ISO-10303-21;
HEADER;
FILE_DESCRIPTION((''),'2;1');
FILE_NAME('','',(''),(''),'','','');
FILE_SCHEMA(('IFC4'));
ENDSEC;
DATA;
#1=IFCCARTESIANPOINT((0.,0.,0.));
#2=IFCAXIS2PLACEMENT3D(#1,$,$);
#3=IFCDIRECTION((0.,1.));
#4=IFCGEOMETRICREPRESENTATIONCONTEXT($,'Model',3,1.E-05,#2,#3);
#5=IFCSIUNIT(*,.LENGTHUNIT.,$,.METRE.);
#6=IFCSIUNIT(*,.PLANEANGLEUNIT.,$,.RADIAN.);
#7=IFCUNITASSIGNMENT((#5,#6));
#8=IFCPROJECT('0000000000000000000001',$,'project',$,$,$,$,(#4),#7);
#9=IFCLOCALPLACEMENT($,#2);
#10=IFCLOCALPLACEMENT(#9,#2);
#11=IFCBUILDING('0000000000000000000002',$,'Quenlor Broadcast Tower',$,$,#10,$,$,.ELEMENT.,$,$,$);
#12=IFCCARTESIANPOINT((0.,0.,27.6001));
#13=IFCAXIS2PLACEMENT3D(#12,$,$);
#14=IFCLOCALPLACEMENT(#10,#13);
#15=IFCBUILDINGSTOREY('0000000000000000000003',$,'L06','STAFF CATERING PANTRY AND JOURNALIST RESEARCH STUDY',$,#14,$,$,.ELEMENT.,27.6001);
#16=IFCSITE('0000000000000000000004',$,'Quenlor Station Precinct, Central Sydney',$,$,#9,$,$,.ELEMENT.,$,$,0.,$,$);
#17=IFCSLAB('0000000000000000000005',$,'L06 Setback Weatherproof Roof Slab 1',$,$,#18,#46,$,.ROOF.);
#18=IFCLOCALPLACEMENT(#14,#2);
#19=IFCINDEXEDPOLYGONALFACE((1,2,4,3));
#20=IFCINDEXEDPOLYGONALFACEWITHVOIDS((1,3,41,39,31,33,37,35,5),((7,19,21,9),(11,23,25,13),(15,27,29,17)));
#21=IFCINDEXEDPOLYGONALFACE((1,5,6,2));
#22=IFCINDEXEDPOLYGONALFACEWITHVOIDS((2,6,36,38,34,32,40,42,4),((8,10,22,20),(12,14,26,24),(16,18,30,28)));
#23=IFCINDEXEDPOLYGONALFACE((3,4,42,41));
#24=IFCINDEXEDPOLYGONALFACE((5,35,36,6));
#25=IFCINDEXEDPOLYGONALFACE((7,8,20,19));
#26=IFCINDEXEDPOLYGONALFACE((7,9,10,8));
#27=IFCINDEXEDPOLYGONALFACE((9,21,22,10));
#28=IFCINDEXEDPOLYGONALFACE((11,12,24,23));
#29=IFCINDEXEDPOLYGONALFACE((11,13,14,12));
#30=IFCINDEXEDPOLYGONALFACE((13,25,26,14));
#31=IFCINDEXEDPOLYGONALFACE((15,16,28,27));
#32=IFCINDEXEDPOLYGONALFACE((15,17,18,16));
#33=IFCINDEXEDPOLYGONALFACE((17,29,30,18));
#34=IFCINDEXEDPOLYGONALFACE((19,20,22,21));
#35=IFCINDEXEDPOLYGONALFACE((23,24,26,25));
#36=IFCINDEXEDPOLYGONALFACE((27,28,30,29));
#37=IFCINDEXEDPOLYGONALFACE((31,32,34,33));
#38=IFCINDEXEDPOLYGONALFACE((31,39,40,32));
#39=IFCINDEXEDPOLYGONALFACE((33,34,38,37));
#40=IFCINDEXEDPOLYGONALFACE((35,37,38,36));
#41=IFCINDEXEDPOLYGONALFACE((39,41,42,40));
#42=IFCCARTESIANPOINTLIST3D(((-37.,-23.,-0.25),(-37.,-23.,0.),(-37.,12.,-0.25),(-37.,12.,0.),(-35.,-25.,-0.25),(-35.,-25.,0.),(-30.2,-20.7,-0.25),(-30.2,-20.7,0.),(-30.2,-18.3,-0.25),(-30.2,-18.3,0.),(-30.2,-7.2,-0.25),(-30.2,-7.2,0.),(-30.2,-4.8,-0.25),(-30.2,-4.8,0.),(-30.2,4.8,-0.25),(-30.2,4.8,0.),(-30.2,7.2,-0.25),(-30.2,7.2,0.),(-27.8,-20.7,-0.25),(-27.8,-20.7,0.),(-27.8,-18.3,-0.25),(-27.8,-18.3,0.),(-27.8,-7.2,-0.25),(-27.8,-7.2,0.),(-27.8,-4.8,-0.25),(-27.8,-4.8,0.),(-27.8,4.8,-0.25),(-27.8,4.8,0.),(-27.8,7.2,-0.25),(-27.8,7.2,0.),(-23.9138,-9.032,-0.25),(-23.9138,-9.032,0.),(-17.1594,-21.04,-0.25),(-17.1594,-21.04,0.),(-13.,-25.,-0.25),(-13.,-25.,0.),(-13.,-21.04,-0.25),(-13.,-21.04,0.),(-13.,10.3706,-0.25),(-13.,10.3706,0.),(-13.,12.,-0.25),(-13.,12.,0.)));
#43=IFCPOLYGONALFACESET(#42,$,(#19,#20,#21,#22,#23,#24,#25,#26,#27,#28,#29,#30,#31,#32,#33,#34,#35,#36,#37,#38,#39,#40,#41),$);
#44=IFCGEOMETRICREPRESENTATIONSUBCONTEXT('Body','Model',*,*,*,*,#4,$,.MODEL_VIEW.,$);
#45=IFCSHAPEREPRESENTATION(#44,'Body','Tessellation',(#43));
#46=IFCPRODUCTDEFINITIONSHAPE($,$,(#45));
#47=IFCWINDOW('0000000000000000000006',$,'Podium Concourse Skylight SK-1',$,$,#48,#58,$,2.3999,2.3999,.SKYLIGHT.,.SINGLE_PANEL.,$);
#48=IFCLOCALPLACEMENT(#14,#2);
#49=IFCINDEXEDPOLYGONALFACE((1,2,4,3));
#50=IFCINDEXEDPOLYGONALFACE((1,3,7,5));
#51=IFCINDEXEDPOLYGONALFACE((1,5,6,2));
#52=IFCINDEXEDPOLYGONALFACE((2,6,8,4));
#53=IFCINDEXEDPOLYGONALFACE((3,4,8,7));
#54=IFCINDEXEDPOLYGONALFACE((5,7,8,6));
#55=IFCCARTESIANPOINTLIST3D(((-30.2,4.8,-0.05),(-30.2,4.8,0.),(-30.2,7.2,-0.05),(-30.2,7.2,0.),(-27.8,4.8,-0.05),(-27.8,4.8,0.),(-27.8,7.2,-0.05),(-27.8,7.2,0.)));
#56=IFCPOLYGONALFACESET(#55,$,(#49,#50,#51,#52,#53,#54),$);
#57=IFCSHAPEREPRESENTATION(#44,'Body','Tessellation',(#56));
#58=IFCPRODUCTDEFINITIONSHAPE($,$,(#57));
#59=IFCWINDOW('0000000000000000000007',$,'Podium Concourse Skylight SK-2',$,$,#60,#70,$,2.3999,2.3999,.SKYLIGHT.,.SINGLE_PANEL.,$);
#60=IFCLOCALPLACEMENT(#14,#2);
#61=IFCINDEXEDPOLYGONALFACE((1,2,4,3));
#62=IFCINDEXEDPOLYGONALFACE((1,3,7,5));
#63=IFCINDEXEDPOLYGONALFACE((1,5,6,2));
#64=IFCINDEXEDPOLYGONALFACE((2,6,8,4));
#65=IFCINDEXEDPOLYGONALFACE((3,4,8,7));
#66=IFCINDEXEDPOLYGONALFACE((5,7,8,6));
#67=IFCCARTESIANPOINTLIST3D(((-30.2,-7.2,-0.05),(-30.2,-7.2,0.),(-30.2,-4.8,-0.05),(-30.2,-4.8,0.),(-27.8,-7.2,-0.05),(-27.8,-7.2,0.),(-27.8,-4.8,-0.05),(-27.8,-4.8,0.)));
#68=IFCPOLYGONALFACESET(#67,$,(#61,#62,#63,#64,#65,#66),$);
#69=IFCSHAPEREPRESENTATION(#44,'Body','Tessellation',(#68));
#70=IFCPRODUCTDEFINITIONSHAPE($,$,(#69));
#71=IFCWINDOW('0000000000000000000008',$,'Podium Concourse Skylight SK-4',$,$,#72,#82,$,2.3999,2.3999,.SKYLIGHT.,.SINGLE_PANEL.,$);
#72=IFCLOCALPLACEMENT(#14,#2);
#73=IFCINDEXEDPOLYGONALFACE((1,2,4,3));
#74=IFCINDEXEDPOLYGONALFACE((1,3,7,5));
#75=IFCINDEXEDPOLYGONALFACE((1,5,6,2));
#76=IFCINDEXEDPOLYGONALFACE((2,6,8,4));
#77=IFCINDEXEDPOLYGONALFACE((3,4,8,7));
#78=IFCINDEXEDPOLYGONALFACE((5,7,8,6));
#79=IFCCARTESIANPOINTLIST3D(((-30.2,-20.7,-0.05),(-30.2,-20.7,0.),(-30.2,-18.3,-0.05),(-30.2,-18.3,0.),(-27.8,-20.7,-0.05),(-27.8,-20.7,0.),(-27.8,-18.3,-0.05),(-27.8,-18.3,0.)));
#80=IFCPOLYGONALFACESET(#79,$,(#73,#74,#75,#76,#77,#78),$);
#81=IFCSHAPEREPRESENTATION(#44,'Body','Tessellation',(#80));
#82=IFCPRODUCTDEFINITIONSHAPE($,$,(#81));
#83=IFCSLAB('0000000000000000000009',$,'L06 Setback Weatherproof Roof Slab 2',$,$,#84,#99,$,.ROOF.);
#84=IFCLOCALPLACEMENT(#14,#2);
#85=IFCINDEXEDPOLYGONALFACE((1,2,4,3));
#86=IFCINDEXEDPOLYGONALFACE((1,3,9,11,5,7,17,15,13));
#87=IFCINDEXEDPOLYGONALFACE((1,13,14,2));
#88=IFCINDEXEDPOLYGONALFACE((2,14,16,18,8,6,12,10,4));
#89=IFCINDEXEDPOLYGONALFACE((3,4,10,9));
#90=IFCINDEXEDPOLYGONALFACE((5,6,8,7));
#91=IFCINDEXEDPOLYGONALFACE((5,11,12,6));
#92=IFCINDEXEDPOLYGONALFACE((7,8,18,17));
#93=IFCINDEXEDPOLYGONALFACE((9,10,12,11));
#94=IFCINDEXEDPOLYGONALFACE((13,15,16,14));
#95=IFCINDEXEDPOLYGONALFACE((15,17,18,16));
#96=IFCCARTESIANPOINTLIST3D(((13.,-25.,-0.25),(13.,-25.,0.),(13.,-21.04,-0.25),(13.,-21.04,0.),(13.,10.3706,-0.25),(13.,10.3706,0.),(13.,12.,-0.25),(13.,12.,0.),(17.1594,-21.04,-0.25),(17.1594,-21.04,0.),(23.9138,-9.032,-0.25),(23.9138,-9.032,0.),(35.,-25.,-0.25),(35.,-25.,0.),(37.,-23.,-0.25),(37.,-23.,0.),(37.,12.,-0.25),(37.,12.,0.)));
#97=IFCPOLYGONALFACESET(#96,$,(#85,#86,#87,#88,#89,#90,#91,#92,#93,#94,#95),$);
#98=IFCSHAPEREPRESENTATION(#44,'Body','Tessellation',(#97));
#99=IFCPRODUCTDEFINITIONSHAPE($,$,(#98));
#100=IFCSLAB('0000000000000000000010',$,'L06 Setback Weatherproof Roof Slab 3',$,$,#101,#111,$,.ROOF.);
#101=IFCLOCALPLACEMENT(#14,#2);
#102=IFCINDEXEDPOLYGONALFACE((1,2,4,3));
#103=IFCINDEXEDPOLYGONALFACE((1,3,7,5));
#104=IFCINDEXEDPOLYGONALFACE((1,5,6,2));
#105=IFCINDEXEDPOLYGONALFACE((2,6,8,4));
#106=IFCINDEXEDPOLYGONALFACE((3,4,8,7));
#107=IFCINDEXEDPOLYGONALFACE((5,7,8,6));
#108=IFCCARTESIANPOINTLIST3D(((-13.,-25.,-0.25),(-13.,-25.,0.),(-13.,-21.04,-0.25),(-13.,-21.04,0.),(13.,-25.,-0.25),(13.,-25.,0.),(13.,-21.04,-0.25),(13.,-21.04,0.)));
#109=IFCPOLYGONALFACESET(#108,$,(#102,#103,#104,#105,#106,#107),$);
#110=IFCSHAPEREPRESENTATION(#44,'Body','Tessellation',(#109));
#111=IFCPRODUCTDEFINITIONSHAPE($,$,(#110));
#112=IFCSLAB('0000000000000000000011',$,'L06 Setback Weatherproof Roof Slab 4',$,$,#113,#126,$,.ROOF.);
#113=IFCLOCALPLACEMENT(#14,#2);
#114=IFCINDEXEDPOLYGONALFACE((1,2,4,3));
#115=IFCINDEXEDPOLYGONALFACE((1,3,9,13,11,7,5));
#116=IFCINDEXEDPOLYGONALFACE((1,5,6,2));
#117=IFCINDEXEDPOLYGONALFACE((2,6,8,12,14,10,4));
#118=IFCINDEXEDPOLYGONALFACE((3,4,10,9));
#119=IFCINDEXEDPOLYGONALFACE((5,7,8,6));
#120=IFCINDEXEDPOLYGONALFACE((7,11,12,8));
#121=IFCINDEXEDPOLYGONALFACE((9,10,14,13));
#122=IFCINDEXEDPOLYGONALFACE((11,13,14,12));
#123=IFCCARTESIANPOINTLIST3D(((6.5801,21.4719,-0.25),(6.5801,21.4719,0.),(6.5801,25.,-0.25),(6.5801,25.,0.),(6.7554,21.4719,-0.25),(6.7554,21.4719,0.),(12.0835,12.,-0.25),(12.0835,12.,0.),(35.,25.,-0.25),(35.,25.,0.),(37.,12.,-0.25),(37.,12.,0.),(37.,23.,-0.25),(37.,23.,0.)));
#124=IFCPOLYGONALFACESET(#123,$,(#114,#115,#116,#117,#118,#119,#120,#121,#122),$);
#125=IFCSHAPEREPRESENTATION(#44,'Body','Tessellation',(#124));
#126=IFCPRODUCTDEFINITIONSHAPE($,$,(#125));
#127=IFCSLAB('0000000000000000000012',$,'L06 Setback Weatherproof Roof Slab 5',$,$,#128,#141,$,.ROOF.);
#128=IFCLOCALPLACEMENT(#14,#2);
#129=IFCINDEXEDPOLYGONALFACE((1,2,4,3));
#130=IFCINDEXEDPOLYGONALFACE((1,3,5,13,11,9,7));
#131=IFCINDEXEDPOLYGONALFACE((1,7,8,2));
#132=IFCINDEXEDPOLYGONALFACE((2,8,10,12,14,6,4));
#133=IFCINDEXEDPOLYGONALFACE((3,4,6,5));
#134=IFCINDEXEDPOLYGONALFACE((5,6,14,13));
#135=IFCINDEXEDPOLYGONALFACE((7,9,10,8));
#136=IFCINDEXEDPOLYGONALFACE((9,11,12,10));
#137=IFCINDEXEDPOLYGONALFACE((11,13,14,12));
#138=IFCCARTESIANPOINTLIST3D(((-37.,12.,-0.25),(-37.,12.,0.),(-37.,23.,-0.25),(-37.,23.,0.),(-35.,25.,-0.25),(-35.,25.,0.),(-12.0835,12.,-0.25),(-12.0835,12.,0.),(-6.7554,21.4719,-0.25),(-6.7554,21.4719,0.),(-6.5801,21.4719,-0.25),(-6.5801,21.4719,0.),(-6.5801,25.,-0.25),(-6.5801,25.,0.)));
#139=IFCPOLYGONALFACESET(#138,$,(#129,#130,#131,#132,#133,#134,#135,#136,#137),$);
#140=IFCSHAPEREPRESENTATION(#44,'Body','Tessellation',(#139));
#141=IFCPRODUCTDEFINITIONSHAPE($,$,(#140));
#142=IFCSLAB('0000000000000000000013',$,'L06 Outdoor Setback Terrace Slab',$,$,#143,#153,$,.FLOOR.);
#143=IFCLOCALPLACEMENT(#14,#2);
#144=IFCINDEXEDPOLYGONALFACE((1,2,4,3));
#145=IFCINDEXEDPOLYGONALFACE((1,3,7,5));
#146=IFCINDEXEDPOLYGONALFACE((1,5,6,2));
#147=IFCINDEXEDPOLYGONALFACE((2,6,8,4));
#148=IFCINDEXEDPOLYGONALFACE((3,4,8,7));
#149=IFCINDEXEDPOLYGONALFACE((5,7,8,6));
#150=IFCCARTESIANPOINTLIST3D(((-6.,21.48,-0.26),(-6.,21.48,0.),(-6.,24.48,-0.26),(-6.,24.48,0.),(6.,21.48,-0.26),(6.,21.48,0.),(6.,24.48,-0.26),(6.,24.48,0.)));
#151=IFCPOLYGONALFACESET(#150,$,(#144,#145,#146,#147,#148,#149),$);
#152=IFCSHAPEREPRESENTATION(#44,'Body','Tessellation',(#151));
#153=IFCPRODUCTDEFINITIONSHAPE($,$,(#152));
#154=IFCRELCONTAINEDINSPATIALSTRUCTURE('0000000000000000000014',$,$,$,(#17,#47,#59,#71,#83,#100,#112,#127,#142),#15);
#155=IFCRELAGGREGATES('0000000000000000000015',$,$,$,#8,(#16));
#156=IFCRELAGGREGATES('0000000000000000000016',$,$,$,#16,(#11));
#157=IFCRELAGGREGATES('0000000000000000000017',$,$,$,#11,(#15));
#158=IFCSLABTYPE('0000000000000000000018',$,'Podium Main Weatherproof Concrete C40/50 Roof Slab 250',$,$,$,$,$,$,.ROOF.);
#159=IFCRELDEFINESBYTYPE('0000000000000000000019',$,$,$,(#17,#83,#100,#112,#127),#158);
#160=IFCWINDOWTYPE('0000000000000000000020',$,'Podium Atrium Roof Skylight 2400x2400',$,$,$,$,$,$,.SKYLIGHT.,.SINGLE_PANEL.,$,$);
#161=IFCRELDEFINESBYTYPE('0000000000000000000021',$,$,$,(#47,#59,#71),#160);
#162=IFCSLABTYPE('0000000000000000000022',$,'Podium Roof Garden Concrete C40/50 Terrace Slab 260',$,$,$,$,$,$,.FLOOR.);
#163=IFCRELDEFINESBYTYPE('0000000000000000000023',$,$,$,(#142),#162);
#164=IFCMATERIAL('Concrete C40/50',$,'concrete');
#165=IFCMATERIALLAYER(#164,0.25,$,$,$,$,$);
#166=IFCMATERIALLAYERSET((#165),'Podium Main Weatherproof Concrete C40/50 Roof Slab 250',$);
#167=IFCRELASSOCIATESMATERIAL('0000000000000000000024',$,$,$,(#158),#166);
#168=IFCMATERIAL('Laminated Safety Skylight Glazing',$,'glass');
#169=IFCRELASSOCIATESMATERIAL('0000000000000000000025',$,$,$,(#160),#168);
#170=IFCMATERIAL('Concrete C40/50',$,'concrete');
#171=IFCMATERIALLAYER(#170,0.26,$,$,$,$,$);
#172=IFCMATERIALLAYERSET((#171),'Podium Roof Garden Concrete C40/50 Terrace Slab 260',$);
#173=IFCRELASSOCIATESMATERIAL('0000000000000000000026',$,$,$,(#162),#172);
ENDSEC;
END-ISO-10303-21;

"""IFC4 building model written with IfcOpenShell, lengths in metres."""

from ifc_helpers import new_model, si_unit, direction, frame, origin, origin_2d, place, context, subcontext, project, spatial, polyline, rectangle, outline, extrude, material, layer, layer_set, type_object, element, fill, save


model = new_model("IFC4")

# Units and contexts
model_context = context("Model", 3, precision=1e-05, world=origin(), true_north=direction((0.0, 1.0)))
body_context = subcontext(model_context, "Body", "Model", "MODEL_VIEW")
ifc_project = project(units=[si_unit("LENGTHUNIT", "METRE"), si_unit("PLANEANGLEUNIT", "RADIAN")], contexts=[model_context])

# Site, building, storey
site_placement = place(None, origin())
site = spatial("IfcSite", under=ifc_project, at=site_placement, Name="Quenlor Station Precinct, Central Sydney", CompositionType="ELEMENT", RefElevation=0.0)
building_placement = place(site_placement, origin())
building = spatial("IfcBuilding", under=site, at=building_placement, Name="Quenlor Broadcast Tower", CompositionType="ELEMENT")
storey_placement = place(building_placement, frame((0.0, 0.0, 27.6001)))
storey = spatial("IfcBuildingStorey", under=building, at=storey_placement, Name="L06", Description="STAFF CATERING PANTRY AND JOURNALIST RESEARCH STUDY", CompositionType="ELEMENT", Elevation=27.6001)

# Slab, openings, windows
ifc_material_1 = material(Name="Concrete C40/50", Category="concrete")
ifc_layer_1 = layer(ifc_material_1, 0.25)
ifc_layer_set_1 = layer_set([ifc_layer_1], Name="Podium Main Weatherproof Concrete C40/50 Roof Slab 250")
slab_type_1 = type_object("IfcSlabType", Name="Podium Main Weatherproof Concrete C40/50 Roof Slab 250", PredefinedType="ROOF", material=ifc_layer_set_1)
slab_1_placement = place(storey_placement, frame((0.0, 0.0, -0.25)))
slab_1 = element("IfcSlab", 1, at=slab_1_placement, inside=storey, type_object=slab_type_1, Name="L06 Setback Weatherproof Roof Slab 1", PredefinedType="ROOF", context=body_context, shape_type="SweptSolid", body=[
    extrude(outline(polyline([(-35.0, -25.0), (-37.0, -23.0), (-37.0, 12.0), (-13.0, 12.0), (-13.0, 10.3706), (-23.9138, -9.032), (-17.1594, -21.04), (-13.0, -21.04), (-13.0, -25.0), (-35.0, -25.0)])), origin(), (0.0, 0.0, 1.0), 0.25),
])
opening_1_placement = place(slab_1_placement, frame((-29.0, 6.0, 0.0)))
opening_1 = element("IfcOpeningElement", 2, at=opening_1_placement, cuts=slab_1, PredefinedType="OPENING", context=body_context, shape_type="SweptSolid", body=[
    extrude(rectangle(XDim=2.3999, YDim=2.3999, at=origin_2d()), frame((0.0, 0.0, -0.01)), (0.0, 0.0, 1.0), 0.27),
])
opening_2_placement = place(slab_1_placement, frame((-29.0, -6.0, 0.0)))
opening_2 = element("IfcOpeningElement", 3, at=opening_2_placement, cuts=slab_1, PredefinedType="OPENING", context=body_context, shape_type="SweptSolid", body=[
    extrude(rectangle(XDim=2.3999, YDim=2.3999, at=origin_2d()), frame((0.0, 0.0, -0.01)), (0.0, 0.0, 1.0), 0.27),
])
opening_3_placement = place(slab_1_placement, frame((-29.0, -19.5, 0.0)))
opening_3 = element("IfcOpeningElement", 4, at=opening_3_placement, cuts=slab_1, PredefinedType="OPENING", context=body_context, shape_type="SweptSolid", body=[
    extrude(rectangle(XDim=2.3999, YDim=2.3999, at=origin_2d()), frame((0.0, 0.0, -0.01)), (0.0, 0.0, 1.0), 0.27),
])
ifc_material_2 = material(Name="Laminated Safety Skylight Glazing", Category="glass")
window_type = type_object("IfcWindowType", Name="Podium Atrium Roof Skylight 2400x2400", PartitioningType="SINGLE_PANEL", PredefinedType="SKYLIGHT", material=ifc_material_2)
window_1_placement = place(opening_1_placement, frame((0.0, 0.0, 0.2)))
window_1 = element("IfcWindow", 5, at=window_1_placement, inside=storey, type_object=window_type, Name="Podium Concourse Skylight SK-1", OverallHeight=2.3999, OverallWidth=2.3999, PartitioningType="SINGLE_PANEL", PredefinedType="SKYLIGHT", context=body_context, shape_type="SweptSolid", body=[
    extrude(rectangle(XDim=2.3999, YDim=2.3999, at=origin_2d()), origin(), (0.0, 0.0, 1.0), 0.05),
])
fill(opening_1, window_1)
window_2_placement = place(opening_2_placement, frame((0.0, 0.0, 0.2)))
window_2 = element("IfcWindow", 6, at=window_2_placement, inside=storey, type_object=window_type, Name="Podium Concourse Skylight SK-2", OverallHeight=2.3999, OverallWidth=2.3999, PartitioningType="SINGLE_PANEL", PredefinedType="SKYLIGHT", context=body_context, shape_type="SweptSolid", body=[
    extrude(rectangle(XDim=2.3999, YDim=2.3999, at=origin_2d()), origin(), (0.0, 0.0, 1.0), 0.05),
])
fill(opening_2, window_2)
window_3_placement = place(opening_3_placement, frame((0.0, 0.0, 0.2)))
window_3 = element("IfcWindow", 7, at=window_3_placement, inside=storey, type_object=window_type, Name="Podium Concourse Skylight SK-4", OverallHeight=2.3999, OverallWidth=2.3999, PartitioningType="SINGLE_PANEL", PredefinedType="SKYLIGHT", context=body_context, shape_type="SweptSolid", body=[
    extrude(rectangle(XDim=2.3999, YDim=2.3999, at=origin_2d()), origin(), (0.0, 0.0, 1.0), 0.05),
])
fill(opening_3, window_3)

# Slabs
slab_2_placement = place(storey_placement, frame((0.0, 0.0, -0.25)))
element("IfcSlab", 8, at=slab_2_placement, inside=storey, type_object=slab_type_1, Name="L06 Setback Weatherproof Roof Slab 2", PredefinedType="ROOF", context=body_context, shape_type="SweptSolid", body=[
    extrude(outline(polyline([(37.0, -23.0), (35.0, -25.0), (13.0, -25.0), (13.0, -21.04), (17.1594, -21.04), (23.9138, -9.032), (13.0, 10.3706), (13.0, 12.0), (37.0, 12.0), (37.0, -23.0)])), origin(), (0.0, 0.0, 1.0), 0.25),
])
slab_3_placement = place(storey_placement, frame((0.0, 0.0, -0.25)))
element("IfcSlab", 9, at=slab_3_placement, inside=storey, type_object=slab_type_1, Name="L06 Setback Weatherproof Roof Slab 3", PredefinedType="ROOF", context=body_context, shape_type="SweptSolid", body=[
    extrude(outline(polyline([(-13.0, -25.0), (-13.0, -21.04), (13.0, -21.04), (13.0, -25.0), (-13.0, -25.0)])), origin(), (0.0, 0.0, 1.0), 0.25),
])
slab_4_placement = place(storey_placement, frame((0.0, 0.0, -0.25)))
element("IfcSlab", 10, at=slab_4_placement, inside=storey, type_object=slab_type_1, Name="L06 Setback Weatherproof Roof Slab 4", PredefinedType="ROOF", context=body_context, shape_type="SweptSolid", body=[
    extrude(outline(polyline([(37.0, 23.0), (37.0, 12.0), (12.0835, 12.0), (6.7554, 21.4719), (6.5801, 21.4719), (6.5801, 25.0), (35.0, 25.0), (37.0, 23.0)])), origin(), (0.0, 0.0, 1.0), 0.25),
])
slab_5_placement = place(storey_placement, frame((0.0, 0.0, -0.25)))
element("IfcSlab", 11, at=slab_5_placement, inside=storey, type_object=slab_type_1, Name="L06 Setback Weatherproof Roof Slab 5", PredefinedType="ROOF", context=body_context, shape_type="SweptSolid", body=[
    extrude(outline(polyline([(-37.0, 23.0), (-35.0, 25.0), (-6.5801, 25.0), (-6.5801, 21.4719), (-6.7554, 21.4719), (-12.0835, 12.0), (-37.0, 12.0), (-37.0, 23.0)])), origin(), (0.0, 0.0, 1.0), 0.25),
])
ifc_material_3 = material(Name="Concrete C40/50", Category="concrete")
ifc_layer_2 = layer(ifc_material_3, 0.26)
ifc_layer_set_2 = layer_set([ifc_layer_2], Name="Podium Roof Garden Concrete C40/50 Terrace Slab 260")
slab_type_2 = type_object("IfcSlabType", Name="Podium Roof Garden Concrete C40/50 Terrace Slab 260", PredefinedType="FLOOR", material=ifc_layer_set_2)
slab_6_placement = place(storey_placement, frame((0.0, 0.0, -0.26)))
element("IfcSlab", 12, at=slab_6_placement, inside=storey, type_object=slab_type_2, Name="L06 Outdoor Setback Terrace Slab", PredefinedType="FLOOR", context=body_context, shape_type="SweptSolid", body=[
    extrude(outline(polyline([(-6.0, 21.48), (6.0, 21.48), (6.0, 24.48), (-6.0, 24.48), (-6.0, 21.48)])), origin(), (0.0, 0.0, 1.0), 0.26),
])

save(model, "model.ifc")
